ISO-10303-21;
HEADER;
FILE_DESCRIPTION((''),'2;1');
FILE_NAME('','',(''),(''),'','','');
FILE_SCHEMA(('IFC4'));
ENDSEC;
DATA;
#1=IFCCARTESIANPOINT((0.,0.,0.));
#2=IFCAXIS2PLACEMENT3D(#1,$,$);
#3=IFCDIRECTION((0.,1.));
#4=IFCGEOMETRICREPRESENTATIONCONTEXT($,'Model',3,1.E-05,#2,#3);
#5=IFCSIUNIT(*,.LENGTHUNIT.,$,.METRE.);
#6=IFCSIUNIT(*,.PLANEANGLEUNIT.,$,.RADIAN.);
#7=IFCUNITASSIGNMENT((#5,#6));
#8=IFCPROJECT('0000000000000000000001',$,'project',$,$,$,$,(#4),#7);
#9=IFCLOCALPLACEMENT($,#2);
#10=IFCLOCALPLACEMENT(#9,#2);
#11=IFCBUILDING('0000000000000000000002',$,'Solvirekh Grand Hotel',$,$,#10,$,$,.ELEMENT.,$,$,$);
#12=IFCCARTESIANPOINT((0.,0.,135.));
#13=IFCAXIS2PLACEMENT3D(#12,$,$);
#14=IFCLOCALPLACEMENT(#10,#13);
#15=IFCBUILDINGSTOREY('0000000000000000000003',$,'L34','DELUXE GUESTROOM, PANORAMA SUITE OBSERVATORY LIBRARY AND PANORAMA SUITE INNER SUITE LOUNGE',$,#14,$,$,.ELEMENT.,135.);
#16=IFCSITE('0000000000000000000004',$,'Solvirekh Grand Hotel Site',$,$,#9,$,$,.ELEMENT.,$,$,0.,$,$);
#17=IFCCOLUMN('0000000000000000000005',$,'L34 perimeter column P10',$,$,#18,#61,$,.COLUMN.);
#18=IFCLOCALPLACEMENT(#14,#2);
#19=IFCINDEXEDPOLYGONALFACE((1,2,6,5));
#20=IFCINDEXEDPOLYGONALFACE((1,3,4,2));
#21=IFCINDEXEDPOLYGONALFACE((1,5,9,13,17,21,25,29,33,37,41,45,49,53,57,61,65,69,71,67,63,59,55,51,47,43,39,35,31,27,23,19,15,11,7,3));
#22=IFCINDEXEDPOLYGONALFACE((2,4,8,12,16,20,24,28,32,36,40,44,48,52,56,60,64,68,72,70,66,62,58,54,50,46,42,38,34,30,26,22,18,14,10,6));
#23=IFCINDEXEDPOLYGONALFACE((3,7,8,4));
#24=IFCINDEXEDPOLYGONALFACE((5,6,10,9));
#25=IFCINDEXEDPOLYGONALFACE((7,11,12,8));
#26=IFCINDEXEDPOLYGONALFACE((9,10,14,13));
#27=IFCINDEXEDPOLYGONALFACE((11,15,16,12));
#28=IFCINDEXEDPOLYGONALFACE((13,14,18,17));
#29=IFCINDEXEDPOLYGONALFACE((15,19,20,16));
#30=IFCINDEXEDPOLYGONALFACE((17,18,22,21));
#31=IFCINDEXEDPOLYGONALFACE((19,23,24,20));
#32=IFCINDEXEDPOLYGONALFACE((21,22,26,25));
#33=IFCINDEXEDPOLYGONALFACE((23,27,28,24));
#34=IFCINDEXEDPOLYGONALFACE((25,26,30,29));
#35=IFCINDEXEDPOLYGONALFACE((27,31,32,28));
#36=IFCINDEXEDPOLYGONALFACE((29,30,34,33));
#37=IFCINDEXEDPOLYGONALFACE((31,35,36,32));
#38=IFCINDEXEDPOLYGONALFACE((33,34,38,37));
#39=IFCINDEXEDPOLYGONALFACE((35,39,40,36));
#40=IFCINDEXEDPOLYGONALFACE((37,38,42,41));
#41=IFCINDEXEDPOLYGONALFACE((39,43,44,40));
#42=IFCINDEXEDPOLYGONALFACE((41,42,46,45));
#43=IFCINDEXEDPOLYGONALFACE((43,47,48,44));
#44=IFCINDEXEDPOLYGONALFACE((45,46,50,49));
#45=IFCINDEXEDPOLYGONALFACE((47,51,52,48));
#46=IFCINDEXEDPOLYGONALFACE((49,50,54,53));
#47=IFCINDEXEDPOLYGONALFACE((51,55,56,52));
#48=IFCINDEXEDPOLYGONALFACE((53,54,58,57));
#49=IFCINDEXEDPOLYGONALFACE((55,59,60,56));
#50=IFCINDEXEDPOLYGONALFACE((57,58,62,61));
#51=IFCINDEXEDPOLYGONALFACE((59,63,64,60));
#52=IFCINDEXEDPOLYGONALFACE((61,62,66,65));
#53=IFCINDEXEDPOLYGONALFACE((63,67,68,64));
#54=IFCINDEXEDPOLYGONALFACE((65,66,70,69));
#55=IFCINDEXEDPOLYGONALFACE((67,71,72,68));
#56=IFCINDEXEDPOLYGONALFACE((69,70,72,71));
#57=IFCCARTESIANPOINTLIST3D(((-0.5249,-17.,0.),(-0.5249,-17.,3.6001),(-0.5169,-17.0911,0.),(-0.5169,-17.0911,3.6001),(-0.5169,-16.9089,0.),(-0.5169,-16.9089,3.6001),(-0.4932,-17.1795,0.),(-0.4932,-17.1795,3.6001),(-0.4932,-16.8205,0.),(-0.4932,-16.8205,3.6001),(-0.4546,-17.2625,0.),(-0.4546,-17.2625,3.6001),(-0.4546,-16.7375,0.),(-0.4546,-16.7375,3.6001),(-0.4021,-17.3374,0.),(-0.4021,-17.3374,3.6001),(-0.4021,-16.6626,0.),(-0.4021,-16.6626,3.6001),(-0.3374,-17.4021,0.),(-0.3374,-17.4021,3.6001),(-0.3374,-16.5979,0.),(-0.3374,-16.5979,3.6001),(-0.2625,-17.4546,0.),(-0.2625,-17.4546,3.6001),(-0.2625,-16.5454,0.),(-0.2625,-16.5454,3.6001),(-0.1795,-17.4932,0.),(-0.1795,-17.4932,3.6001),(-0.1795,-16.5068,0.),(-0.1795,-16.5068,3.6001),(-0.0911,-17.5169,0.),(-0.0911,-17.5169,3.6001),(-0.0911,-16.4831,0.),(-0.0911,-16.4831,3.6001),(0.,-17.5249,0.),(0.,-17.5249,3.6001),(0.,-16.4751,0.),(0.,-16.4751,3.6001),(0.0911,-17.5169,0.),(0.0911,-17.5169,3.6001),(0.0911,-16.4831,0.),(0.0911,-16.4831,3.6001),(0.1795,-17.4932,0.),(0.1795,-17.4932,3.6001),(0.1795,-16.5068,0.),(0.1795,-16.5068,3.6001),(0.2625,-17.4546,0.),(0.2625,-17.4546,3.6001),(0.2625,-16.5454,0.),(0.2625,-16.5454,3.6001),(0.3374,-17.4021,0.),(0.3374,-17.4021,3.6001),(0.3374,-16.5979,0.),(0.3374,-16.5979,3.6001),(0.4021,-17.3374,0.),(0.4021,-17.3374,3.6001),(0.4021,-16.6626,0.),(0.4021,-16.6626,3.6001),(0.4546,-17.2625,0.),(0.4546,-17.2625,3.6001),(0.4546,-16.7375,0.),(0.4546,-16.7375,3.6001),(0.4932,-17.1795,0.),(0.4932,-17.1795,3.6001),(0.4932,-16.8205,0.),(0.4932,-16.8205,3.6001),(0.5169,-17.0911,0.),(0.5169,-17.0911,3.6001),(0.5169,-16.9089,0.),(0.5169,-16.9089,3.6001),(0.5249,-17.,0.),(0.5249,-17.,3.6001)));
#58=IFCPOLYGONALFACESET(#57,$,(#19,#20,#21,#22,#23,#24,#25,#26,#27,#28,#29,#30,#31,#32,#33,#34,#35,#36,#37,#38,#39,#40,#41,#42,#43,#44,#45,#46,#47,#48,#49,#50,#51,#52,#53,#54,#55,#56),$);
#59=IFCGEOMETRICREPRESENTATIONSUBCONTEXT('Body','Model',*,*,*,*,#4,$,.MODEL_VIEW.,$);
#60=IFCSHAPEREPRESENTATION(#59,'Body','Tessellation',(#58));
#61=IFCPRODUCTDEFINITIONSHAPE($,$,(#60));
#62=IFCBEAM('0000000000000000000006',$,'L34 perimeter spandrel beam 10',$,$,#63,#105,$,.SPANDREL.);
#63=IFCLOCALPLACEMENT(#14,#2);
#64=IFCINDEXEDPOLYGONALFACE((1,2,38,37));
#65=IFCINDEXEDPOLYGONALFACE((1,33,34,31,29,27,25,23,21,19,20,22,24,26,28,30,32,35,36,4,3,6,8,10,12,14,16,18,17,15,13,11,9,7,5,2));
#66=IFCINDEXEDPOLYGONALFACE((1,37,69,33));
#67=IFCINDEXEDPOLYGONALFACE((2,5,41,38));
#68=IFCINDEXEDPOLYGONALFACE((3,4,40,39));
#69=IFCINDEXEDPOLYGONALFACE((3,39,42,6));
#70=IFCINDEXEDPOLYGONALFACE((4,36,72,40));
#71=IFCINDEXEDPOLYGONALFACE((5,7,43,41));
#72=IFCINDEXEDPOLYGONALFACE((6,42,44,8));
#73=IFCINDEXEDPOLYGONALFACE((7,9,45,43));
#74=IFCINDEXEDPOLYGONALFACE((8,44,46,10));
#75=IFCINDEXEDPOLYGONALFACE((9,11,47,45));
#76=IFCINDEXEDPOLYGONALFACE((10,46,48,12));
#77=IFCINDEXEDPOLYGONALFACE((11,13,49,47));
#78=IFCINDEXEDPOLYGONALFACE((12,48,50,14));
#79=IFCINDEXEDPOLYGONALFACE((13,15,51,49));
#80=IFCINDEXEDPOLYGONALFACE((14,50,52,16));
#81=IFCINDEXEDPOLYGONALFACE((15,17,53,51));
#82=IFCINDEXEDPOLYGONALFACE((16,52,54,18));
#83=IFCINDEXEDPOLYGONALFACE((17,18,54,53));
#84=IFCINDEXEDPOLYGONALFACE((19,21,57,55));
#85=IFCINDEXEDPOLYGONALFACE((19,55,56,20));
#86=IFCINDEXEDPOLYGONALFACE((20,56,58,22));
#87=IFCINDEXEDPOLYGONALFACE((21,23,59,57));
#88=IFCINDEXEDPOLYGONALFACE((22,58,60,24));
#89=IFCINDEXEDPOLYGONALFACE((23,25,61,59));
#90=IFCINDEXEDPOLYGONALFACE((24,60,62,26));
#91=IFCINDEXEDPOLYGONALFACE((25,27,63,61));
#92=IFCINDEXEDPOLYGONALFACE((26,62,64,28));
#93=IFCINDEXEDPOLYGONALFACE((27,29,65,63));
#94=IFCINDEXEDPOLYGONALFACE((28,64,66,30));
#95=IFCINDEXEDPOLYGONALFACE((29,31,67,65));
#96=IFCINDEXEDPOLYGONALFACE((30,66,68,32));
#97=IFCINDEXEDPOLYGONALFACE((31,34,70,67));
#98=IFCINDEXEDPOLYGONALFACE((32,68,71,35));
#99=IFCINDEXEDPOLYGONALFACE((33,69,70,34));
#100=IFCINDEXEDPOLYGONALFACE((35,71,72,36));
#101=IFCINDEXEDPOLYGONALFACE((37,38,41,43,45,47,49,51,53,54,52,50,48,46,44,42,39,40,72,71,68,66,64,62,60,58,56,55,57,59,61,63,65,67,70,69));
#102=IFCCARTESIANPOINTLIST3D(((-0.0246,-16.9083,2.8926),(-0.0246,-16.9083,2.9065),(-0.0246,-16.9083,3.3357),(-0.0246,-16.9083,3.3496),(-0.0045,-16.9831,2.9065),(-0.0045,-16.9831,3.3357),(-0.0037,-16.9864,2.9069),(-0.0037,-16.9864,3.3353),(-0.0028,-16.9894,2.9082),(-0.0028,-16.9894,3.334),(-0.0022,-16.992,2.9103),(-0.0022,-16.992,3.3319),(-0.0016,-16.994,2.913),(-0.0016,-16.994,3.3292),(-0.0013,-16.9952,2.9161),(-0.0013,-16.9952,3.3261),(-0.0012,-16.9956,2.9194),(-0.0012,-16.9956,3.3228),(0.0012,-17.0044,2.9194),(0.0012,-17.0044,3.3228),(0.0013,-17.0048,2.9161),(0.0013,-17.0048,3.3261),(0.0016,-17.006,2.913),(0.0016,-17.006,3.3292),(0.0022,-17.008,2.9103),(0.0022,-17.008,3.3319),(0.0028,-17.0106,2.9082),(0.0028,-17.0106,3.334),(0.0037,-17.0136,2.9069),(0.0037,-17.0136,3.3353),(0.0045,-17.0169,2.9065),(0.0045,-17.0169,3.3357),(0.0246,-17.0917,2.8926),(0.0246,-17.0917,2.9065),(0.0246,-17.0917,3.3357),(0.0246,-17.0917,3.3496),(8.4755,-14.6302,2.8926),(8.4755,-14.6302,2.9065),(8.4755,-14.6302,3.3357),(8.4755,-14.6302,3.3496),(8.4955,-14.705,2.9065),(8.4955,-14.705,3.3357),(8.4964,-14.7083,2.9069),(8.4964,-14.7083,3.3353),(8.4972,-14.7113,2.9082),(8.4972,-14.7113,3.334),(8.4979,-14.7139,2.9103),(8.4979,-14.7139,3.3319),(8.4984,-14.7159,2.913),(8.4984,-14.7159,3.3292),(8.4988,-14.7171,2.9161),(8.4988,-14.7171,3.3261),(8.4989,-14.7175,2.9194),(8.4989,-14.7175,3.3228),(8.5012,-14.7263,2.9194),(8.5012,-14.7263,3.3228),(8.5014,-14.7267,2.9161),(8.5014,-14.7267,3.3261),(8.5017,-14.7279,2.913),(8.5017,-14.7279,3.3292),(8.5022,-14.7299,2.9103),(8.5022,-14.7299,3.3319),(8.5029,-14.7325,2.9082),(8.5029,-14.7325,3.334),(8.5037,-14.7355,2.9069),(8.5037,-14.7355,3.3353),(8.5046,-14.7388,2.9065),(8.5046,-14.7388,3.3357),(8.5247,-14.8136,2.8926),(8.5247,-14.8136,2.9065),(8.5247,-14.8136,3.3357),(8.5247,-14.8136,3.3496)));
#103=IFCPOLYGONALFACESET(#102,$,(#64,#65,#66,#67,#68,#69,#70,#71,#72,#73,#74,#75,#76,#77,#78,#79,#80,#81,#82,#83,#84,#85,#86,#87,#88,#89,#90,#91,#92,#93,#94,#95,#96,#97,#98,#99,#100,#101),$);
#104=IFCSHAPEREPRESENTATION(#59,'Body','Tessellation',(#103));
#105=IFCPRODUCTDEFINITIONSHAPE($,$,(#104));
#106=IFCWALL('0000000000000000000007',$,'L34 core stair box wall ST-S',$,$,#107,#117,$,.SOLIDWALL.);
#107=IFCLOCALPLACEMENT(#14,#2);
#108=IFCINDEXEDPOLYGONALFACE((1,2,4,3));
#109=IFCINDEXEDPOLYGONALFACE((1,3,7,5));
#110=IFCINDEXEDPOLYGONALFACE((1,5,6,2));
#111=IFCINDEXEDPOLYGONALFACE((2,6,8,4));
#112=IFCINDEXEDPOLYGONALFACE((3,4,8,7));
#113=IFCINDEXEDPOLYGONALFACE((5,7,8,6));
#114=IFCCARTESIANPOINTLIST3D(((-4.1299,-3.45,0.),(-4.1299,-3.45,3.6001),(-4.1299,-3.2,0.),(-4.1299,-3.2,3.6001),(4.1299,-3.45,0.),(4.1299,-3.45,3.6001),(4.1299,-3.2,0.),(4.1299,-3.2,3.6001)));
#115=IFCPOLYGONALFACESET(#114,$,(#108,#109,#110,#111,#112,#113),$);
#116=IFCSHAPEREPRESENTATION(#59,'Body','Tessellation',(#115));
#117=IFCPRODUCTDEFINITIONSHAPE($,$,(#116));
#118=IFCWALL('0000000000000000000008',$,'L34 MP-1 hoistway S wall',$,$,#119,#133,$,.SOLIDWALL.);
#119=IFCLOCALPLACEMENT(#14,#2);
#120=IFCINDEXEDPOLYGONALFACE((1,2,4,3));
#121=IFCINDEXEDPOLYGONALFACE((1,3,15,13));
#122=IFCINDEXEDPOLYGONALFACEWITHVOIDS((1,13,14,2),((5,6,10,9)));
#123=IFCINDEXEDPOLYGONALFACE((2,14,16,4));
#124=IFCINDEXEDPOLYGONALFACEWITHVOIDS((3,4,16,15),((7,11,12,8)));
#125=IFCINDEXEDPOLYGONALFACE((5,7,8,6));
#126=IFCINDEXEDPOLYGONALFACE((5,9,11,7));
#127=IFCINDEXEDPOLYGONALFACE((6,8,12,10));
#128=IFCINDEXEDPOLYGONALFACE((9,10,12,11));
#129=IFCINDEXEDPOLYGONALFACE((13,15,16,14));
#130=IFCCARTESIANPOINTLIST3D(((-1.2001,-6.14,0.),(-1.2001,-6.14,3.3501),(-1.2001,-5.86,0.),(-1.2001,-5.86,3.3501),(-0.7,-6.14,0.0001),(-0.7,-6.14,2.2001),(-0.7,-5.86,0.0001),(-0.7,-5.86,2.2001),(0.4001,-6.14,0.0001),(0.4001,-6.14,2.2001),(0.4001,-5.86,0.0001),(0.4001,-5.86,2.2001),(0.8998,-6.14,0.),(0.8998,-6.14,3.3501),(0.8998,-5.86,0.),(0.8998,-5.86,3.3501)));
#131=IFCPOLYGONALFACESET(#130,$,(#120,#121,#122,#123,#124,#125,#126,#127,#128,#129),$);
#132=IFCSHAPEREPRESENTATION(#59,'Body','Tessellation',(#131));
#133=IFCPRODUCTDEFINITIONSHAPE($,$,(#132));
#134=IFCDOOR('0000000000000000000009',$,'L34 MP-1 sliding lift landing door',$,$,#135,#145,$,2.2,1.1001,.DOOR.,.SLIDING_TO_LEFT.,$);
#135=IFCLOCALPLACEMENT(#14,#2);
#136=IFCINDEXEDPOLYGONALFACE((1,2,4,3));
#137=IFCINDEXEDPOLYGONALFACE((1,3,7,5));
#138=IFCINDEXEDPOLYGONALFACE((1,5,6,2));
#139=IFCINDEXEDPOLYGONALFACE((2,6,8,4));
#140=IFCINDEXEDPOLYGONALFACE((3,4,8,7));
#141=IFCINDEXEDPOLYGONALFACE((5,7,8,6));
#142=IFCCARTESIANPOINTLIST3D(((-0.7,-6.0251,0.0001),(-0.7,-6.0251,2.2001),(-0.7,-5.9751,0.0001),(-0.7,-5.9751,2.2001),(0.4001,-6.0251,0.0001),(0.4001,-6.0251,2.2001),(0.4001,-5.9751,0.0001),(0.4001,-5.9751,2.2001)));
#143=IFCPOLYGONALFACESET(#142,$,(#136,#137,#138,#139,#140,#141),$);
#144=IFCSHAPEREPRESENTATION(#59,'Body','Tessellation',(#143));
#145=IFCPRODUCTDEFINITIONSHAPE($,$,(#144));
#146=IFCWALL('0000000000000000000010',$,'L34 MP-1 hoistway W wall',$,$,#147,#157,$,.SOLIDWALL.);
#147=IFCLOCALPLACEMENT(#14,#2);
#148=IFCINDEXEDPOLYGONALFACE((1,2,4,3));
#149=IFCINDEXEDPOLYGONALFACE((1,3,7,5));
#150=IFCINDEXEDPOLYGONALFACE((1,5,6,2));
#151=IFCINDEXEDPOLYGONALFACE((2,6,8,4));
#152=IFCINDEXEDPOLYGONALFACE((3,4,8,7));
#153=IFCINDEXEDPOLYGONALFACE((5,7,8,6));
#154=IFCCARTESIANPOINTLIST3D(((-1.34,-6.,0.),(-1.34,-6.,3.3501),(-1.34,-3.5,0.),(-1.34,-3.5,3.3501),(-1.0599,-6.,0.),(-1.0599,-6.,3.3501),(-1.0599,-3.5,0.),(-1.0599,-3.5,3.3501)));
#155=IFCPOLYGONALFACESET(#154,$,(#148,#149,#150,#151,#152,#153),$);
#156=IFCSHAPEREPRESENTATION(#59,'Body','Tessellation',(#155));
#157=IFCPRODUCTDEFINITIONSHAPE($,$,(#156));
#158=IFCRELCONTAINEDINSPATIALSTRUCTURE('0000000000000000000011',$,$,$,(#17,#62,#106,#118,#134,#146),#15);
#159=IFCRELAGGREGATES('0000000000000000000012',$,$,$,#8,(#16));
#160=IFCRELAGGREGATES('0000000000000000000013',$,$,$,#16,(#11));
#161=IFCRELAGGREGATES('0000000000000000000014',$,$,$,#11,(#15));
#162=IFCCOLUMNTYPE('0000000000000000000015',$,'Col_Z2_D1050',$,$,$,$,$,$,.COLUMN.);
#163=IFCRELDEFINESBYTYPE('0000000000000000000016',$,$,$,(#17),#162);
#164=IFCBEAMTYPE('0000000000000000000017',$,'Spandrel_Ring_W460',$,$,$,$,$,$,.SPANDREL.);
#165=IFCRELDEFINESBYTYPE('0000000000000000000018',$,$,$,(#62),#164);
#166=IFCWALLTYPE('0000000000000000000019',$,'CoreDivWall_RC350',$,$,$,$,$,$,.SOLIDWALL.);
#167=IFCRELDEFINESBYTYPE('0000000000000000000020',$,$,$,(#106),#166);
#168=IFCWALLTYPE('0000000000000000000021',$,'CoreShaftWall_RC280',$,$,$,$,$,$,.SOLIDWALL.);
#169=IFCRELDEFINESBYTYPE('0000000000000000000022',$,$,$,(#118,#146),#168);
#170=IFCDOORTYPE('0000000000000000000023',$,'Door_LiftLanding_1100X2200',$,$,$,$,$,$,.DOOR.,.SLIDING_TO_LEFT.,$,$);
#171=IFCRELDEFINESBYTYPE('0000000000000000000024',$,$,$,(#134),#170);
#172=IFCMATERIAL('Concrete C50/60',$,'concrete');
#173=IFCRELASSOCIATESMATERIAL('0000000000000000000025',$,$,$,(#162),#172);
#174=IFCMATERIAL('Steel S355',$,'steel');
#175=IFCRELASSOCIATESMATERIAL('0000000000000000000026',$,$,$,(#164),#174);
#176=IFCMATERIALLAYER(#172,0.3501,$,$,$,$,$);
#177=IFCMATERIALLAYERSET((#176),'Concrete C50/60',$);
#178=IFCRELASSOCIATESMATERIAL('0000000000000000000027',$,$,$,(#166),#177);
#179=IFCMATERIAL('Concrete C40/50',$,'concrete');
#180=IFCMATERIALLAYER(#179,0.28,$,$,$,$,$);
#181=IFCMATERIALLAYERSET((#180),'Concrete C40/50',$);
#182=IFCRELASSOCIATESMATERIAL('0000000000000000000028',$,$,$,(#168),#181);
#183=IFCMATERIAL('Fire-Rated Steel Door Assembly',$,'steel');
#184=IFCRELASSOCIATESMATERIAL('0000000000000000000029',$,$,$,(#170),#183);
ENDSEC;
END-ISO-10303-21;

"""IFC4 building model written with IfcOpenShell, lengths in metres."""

from ifc_helpers import new_model, si_unit, direction, frame, frame_2d, origin, origin_2d, place, context, subcontext, project, spatial, rectangle, circle, i_section, extrude, material, layer, layer_set, material_profile, profile_set, type_object, element, fill, save


model = new_model("IFC4")

# Units and contexts
model_context = context("Model", 3, precision=1e-05, world=origin(), true_north=direction((0.0, 1.0)))
body_context = subcontext(model_context, "Body", "Model", "MODEL_VIEW")
ifc_project = project(units=[si_unit("LENGTHUNIT", "METRE"), si_unit("PLANEANGLEUNIT", "RADIAN")], contexts=[model_context])

# Site, building, storey
site_placement = place(None, origin())
site = spatial("IfcSite", under=ifc_project, at=site_placement, Name="Solvirekh Grand Hotel Site", CompositionType="ELEMENT", RefElevation=0.0)
building_placement = place(site_placement, origin())
building = spatial("IfcBuilding", under=site, at=building_placement, Name="Solvirekh Grand Hotel", CompositionType="ELEMENT")
storey_placement = place(building_placement, frame((0.0, 0.0, 135.0)))
storey = spatial("IfcBuildingStorey", under=building, at=storey_placement, Name="L34", Description="DELUXE GUESTROOM, PANORAMA SUITE OBSERVATORY LIBRARY AND PANORAMA SUITE INNER SUITE LOUNGE", CompositionType="ELEMENT", Elevation=135.0)

# Column
ifc_material_1 = material(Name="Concrete C50/60", Category="concrete")
ifc_material_profile_1 = material_profile(ifc_material_1, circle(Radius=0.5249, at=origin_2d()), Name="RC CIRC D1050")
ifc_profile_set_1 = profile_set([ifc_material_profile_1], Name="Concrete C50/60")
column_type = type_object("IfcColumnType", Name="Col_Z2_D1050", PredefinedType="COLUMN", material=ifc_profile_set_1)
column_placement = place(storey_placement, frame((0.0, -17.0, 0.0), z_axis=(0.0, 0.0, 1.0), x_axis=(1.0, 0.0, 0.0)))
element("IfcColumn", 1, at=column_placement, inside=storey, type_object=column_type, Name="L34 perimeter column P10", PredefinedType="COLUMN", context=body_context, shape_type="SweptSolid", body=[
    extrude(circle(Radius=0.5249, at=origin_2d()), origin(), (0.0, 0.0, 1.0), 3.6001),
])

# Beam
ifc_material_2 = material(Name="Steel S355", Category="steel")
ifc_material_profile_2 = material_profile(ifc_material_2, i_section(OverallWidth=0.1899, OverallDepth=0.457, WebThickness=0.009, FlangeThickness=0.0139, FilletRadius=0.0129, at=origin_2d()), Name="W460X74")
ifc_profile_set_2 = profile_set([ifc_material_profile_2], Name="Steel S355")
beam_type = type_object("IfcBeamType", Name="Spandrel_Ring_W460", PredefinedType="SPANDREL", material=ifc_profile_set_2)
beam_placement = place(storey_placement, frame((0.0, -17.0, 3.1211), z_axis=(0.965911, 0.258873, 0.0), x_axis=(-0.258873, 0.965911, 0.0)))
element("IfcBeam", 2, at=beam_placement, inside=storey, type_object=beam_type, Name="L34 perimeter spandrel beam 10", PredefinedType="SPANDREL", context=body_context, shape_type="SweptSolid", body=[
    extrude(i_section(OverallWidth=0.1899, OverallDepth=0.457, WebThickness=0.009, FlangeThickness=0.0139, FilletRadius=0.0129, at=origin_2d()), origin(), (0.0, 0.0, 1.0), 8.8),
])

# Wall
ifc_layer_1 = layer(ifc_material_1, 0.3501)
ifc_layer_set_1 = layer_set([ifc_layer_1], Name="Concrete C50/60")
wall_type_1 = type_object("IfcWallType", Name="CoreDivWall_RC350", PredefinedType="SOLIDWALL", material=ifc_layer_set_1)
wall_1_placement = place(storey_placement, frame((-4.1299, -3.325, 0.0), z_axis=(0.0, 0.0, 1.0), x_axis=(1.0, 0.0, 0.0)))
element("IfcWall", 3, at=wall_1_placement, inside=storey, type_object=wall_type_1, Name="L34 core stair box wall ST-S", PredefinedType="SOLIDWALL", context=body_context, shape_type="SweptSolid", body=[
    extrude(rectangle(XDim=8.2598, YDim=0.25, at=frame_2d((4.1299, 0.0))), origin(), (0.0, 0.0, 1.0), 3.6001),
])

# Wall, opening, door
ifc_material_3 = material(Name="Concrete C40/50", Category="concrete")
ifc_layer_2 = layer(ifc_material_3, 0.28)
ifc_layer_set_2 = layer_set([ifc_layer_2], Name="Concrete C40/50")
wall_type_2 = type_object("IfcWallType", Name="CoreShaftWall_RC280", PredefinedType="SOLIDWALL", material=ifc_layer_set_2)
wall_2_placement = place(storey_placement, frame((-1.2, -6.0, 0.0), z_axis=(0.0, 0.0, 1.0), x_axis=(1.0, 0.0, 0.0)))
wall_2 = element("IfcWall", 4, at=wall_2_placement, inside=storey, type_object=wall_type_2, Name="L34 MP-1 hoistway S wall", PredefinedType="SOLIDWALL", context=body_context, shape_type="SweptSolid", body=[
    extrude(rectangle(XDim=2.0999, YDim=0.28, at=frame_2d((1.0498, 0.0))), origin(), (0.0, 0.0, 1.0), 3.3501),
])
opening_1_placement = place(wall_2_placement, frame((0.5, 0.0, 0.0)))
opening_1 = element("IfcOpeningElement", 5, at=opening_1_placement, cuts=wall_2, PredefinedType="OPENING", context=body_context, shape_type="SweptSolid", body=[
    extrude(rectangle(XDim=1.1001, YDim=2.2, at=frame_2d((0.55, 1.1001))), frame((0.0, 0.1499, 0.0), z_axis=(0.0, -1.0, 0.0), x_axis=(1.0, 0.0, 0.0)), (0.0, 0.0, 1.0), 0.3),
])
ifc_material_4 = material(Name="Fire-Rated Steel Door Assembly", Category="steel")
door_type_1 = type_object("IfcDoorType", Name="Door_LiftLanding_1100X2200", OperationType="SLIDING_TO_LEFT", PredefinedType="DOOR", material=ifc_material_4)
door_1_placement = place(opening_1_placement, origin())
door_1 = element("IfcDoor", 6, at=door_1_placement, inside=storey, type_object=door_type_1, Name="L34 MP-1 sliding lift landing door", OperationType="SLIDING_TO_LEFT", OverallHeight=2.2, OverallWidth=1.1001, PredefinedType="DOOR", context=body_context, shape_type="SweptSolid", body=[
    extrude(rectangle(XDim=1.1001, YDim=2.2, at=frame_2d((0.55, 1.1001))), frame((0.0, 0.0249, 0.0), z_axis=(0.0, -1.0, 0.0), x_axis=(1.0, 0.0, 0.0)), (0.0, 0.0, 1.0), 0.05),
])
fill(opening_1, door_1)

# Wall
wall_3_placement = place(storey_placement, frame((-1.2, -3.5, 0.0), z_axis=(0.0, 0.0, 1.0), x_axis=(0.0, -1.0, 0.0)))
element("IfcWall", 7, at=wall_3_placement, inside=storey, type_object=wall_type_2, Name="L34 MP-1 hoistway W wall", PredefinedType="SOLIDWALL", context=body_context, shape_type="SweptSolid", body=[
    extrude(rectangle(XDim=2.5, YDim=0.28, at=frame_2d((1.25, 0.0))), origin(), (0.0, 0.0, 1.0), 3.3501),
])

save(model, "model.ifc")
